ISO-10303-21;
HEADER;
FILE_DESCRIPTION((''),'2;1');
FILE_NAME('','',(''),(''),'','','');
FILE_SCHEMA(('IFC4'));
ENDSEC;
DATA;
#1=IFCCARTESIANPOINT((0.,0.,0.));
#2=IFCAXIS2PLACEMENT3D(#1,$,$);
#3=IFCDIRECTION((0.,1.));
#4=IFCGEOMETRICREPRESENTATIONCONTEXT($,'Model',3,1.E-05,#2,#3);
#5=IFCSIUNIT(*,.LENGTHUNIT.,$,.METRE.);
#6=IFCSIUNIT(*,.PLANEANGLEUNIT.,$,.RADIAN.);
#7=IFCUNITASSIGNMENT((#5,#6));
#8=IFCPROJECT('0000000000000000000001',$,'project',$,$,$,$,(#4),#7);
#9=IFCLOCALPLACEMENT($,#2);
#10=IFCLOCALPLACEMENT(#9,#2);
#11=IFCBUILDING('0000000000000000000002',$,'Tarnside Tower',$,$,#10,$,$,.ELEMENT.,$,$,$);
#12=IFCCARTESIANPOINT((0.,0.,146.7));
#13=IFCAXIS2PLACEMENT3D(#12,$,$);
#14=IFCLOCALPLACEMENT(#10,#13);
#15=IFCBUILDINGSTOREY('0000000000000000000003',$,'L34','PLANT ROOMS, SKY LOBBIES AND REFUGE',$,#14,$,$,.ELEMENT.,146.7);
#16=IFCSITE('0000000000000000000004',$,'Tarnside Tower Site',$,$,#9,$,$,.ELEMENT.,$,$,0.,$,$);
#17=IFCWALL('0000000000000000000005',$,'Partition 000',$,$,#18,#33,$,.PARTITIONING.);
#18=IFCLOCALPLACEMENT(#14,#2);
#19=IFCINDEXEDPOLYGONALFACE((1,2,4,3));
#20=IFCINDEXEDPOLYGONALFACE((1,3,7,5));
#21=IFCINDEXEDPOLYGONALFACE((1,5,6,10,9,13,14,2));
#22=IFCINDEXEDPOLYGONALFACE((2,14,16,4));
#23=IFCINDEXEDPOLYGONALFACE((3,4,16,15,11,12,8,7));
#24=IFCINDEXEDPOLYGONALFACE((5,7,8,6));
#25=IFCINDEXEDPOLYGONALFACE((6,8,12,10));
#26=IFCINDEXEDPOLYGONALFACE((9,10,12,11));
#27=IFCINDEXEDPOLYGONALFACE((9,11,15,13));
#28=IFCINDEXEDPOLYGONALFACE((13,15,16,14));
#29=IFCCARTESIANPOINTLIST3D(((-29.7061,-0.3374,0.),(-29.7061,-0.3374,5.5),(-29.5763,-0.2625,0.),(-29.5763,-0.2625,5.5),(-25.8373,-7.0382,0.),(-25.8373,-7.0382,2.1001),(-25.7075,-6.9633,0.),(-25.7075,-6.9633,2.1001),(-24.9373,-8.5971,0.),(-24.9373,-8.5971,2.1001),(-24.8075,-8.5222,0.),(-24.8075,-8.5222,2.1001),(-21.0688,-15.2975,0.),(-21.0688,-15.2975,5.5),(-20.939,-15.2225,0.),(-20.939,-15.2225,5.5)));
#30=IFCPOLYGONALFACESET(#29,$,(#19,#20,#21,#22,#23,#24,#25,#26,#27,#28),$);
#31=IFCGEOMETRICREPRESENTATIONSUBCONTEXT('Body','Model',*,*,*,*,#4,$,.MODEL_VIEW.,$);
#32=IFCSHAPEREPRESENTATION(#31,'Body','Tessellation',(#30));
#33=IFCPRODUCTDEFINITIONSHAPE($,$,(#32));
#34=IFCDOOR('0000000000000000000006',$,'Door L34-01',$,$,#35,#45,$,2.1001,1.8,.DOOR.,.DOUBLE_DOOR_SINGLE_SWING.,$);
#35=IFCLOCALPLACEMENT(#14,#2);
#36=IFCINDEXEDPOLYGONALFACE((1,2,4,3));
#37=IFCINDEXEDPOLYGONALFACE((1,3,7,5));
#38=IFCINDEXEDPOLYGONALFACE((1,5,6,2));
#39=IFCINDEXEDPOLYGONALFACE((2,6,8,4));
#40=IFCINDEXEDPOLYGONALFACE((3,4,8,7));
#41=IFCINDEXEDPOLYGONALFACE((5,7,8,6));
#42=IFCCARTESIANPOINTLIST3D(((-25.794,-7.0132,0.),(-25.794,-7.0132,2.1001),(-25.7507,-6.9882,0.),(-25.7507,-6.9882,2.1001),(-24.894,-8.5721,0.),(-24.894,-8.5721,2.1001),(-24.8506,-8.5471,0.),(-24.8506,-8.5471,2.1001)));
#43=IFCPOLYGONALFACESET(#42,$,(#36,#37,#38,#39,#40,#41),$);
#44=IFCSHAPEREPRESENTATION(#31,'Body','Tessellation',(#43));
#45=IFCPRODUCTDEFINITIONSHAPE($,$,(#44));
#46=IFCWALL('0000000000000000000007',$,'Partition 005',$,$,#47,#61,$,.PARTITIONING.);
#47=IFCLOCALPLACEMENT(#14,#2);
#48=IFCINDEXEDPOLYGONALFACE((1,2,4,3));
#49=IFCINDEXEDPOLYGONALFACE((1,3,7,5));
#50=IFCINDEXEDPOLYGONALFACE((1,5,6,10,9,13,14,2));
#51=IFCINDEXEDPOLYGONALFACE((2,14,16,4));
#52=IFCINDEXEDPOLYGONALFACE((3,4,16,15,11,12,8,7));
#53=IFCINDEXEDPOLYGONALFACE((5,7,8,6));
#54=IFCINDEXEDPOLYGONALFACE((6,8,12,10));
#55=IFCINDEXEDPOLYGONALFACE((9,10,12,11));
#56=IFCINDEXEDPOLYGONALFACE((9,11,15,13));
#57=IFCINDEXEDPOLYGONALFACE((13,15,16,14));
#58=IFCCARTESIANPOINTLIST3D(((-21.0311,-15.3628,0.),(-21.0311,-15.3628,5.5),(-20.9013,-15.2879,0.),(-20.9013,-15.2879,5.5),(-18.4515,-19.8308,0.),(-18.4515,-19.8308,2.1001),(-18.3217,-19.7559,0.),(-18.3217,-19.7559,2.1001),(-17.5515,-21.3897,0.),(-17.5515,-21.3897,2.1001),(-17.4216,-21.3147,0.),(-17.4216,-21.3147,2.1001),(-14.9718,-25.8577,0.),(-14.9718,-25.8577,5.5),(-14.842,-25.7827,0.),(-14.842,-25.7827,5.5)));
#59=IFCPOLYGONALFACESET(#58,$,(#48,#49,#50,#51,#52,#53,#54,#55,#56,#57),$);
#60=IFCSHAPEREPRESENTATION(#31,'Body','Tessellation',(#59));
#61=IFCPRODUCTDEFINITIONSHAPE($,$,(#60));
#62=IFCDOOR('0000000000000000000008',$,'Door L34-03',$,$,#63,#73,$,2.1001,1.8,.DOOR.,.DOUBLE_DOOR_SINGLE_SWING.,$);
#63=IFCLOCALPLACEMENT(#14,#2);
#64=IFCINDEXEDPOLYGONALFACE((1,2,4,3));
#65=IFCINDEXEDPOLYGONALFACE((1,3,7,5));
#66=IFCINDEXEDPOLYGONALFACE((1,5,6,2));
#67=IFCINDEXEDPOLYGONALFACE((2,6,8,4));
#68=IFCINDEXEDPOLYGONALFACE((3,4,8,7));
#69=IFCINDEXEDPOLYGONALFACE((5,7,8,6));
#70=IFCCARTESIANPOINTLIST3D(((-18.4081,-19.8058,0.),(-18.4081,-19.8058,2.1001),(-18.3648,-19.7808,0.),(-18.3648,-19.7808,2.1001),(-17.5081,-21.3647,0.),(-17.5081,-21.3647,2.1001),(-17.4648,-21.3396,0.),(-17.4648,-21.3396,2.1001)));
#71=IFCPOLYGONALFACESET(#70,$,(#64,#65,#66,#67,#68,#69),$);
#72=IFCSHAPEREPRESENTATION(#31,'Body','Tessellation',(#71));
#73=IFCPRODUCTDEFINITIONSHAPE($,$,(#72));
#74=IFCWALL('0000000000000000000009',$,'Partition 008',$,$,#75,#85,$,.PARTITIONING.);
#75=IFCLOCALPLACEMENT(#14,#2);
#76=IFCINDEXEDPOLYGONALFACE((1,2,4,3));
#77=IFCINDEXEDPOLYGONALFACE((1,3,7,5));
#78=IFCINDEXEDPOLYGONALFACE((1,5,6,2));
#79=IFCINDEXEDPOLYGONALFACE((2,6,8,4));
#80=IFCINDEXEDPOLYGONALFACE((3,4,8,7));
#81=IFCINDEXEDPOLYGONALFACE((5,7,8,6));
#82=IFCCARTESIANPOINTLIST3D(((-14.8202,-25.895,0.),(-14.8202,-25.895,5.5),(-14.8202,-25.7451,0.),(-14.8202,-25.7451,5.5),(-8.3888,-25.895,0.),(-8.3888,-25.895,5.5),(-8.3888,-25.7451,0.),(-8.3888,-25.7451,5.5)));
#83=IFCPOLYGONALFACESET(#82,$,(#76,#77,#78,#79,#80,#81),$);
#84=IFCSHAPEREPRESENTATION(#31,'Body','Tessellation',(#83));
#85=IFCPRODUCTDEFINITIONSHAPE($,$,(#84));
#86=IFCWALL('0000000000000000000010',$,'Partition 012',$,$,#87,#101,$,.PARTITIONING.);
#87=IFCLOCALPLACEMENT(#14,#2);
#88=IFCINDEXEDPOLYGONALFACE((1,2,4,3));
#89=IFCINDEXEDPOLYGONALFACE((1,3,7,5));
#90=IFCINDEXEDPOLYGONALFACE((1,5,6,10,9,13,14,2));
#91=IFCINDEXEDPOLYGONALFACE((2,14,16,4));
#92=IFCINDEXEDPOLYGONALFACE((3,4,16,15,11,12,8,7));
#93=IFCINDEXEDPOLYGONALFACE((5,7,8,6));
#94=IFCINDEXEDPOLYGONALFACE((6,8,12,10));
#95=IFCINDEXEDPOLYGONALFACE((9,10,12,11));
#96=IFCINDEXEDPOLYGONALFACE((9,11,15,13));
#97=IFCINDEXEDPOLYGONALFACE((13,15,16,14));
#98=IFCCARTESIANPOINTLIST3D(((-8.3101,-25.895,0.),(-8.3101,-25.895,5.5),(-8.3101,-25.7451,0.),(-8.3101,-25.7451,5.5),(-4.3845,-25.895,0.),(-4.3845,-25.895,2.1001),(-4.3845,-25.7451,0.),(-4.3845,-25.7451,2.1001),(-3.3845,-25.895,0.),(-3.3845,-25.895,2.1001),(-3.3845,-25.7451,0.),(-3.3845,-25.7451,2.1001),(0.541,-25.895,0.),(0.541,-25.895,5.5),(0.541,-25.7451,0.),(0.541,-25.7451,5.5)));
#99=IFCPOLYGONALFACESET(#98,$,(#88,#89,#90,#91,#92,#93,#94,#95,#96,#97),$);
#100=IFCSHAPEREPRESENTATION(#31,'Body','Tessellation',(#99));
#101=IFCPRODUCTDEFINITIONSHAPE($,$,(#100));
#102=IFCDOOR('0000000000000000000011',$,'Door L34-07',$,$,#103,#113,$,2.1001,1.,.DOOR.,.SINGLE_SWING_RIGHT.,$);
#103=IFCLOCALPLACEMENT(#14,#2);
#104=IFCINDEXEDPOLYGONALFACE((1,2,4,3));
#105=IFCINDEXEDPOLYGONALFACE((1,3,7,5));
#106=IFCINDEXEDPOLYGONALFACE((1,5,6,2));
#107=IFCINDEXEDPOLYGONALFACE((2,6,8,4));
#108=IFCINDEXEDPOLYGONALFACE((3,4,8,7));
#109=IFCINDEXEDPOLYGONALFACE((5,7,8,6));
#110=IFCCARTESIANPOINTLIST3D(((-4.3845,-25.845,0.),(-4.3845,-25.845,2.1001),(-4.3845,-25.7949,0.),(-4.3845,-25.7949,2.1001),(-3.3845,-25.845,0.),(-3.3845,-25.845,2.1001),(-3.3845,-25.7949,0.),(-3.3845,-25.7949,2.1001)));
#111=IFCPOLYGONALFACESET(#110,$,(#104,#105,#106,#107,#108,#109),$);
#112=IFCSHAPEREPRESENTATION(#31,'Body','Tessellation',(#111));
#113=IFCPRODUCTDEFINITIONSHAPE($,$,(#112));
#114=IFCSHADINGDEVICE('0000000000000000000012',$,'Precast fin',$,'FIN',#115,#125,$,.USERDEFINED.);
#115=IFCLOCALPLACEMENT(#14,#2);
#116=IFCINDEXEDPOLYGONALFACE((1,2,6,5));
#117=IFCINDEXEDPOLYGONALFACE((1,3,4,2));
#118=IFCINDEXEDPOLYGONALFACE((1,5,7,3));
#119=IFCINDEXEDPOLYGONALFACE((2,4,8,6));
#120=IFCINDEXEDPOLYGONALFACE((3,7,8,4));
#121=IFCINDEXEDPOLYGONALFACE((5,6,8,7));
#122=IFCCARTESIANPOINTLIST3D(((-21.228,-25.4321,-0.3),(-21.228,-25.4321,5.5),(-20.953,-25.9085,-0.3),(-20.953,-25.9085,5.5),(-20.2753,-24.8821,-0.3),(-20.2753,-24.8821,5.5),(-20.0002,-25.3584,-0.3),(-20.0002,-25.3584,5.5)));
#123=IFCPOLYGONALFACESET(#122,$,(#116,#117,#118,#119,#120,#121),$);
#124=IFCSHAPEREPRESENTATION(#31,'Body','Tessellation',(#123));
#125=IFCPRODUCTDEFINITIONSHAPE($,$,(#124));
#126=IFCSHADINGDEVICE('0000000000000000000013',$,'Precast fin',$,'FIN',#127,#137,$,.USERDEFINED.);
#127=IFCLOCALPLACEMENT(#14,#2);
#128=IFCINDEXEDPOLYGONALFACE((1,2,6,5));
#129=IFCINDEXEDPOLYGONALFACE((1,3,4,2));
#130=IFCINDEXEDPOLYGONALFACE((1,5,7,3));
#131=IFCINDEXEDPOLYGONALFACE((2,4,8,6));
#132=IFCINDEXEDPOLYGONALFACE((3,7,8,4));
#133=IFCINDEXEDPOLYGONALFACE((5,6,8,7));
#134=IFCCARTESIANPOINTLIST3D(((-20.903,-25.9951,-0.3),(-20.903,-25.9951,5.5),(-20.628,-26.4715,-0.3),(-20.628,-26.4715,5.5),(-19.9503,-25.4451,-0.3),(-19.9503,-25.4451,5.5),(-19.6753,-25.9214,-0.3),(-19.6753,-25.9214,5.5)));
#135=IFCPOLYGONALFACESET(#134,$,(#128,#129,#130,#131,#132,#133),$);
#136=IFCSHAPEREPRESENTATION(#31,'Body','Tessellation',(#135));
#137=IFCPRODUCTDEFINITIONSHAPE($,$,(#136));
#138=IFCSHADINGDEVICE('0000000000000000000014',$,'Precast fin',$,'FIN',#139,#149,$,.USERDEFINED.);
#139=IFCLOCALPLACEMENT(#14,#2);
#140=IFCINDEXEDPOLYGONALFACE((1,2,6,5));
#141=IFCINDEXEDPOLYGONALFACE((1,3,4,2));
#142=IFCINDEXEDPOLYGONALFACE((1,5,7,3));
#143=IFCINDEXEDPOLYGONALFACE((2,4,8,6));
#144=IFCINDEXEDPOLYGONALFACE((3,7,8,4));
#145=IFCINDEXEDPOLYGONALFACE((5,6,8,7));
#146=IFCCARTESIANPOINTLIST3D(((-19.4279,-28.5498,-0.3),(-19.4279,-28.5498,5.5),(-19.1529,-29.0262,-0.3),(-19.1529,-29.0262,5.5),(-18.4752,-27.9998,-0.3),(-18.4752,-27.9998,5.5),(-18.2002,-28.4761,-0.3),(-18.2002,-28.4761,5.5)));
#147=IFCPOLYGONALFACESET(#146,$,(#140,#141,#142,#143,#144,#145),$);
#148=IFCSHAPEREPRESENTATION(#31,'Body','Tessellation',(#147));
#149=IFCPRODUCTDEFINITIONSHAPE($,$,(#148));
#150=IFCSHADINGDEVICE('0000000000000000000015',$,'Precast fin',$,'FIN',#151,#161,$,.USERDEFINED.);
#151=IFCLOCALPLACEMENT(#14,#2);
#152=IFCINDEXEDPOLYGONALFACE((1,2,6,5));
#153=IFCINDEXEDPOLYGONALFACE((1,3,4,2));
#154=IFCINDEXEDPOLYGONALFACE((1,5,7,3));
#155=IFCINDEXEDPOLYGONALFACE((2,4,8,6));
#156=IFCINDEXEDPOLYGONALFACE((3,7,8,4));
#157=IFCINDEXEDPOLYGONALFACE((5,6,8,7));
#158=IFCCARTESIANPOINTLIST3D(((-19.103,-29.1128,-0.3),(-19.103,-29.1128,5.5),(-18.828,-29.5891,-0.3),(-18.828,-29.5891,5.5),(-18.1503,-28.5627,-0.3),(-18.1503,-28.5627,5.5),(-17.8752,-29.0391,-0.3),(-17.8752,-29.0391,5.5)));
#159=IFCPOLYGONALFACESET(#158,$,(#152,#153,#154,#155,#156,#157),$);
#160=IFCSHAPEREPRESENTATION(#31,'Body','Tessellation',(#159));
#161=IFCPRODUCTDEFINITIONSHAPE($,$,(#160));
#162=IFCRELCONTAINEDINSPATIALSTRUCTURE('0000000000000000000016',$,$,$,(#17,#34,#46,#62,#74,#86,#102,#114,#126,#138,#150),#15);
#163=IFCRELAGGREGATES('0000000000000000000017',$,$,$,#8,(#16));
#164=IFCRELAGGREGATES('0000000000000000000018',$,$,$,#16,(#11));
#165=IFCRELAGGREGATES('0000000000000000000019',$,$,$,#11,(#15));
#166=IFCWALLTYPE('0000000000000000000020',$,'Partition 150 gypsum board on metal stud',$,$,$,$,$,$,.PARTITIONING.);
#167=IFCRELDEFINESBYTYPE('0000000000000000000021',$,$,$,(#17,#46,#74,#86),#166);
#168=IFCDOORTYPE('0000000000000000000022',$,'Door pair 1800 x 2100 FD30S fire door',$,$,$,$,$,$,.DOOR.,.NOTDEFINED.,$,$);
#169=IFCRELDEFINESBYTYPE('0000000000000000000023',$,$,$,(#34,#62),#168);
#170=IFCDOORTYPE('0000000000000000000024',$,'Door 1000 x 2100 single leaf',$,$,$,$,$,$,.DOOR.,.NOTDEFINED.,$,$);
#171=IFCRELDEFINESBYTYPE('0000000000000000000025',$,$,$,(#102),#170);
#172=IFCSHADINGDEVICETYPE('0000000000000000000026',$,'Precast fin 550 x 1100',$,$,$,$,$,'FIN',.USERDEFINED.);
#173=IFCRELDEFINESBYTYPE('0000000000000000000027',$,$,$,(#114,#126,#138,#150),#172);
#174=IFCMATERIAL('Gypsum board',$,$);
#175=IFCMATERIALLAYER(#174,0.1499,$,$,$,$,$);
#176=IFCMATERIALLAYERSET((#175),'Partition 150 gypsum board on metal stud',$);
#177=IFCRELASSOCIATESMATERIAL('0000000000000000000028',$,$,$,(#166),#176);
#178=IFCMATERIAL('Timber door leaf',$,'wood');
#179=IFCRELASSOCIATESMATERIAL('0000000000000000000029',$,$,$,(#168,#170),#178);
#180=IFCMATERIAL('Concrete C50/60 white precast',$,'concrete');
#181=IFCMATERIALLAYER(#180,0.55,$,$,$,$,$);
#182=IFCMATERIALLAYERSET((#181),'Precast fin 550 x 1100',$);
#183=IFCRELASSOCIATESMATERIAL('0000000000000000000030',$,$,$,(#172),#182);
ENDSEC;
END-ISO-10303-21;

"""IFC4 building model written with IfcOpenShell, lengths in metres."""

from ifc_helpers import new_model, si_unit, direction, frame, frame_2d, origin, place, context, subcontext, project, spatial, polyline, rectangle, outline, extrude, material, layer, layer_set, type_object, element, fill, save


model = new_model("IFC4")

# Units and contexts
model_context = context("Model", 3, precision=1e-05, world=origin(), true_north=direction((0.0, 1.0)))
body_context = subcontext(model_context, "Body", "Model", "MODEL_VIEW")
ifc_project = project(units=[si_unit("LENGTHUNIT", "METRE"), si_unit("PLANEANGLEUNIT", "RADIAN")], contexts=[model_context])

# Site, building, storey
site_placement = place(None, origin())
site = spatial("IfcSite", under=ifc_project, at=site_placement, Name="Tarnside Tower Site", CompositionType="ELEMENT", RefElevation=0.0)
building_placement = place(site_placement, origin())
building = spatial("IfcBuilding", under=site, at=building_placement, Name="Tarnside Tower", CompositionType="ELEMENT")
storey_placement = place(building_placement, frame((0.0, 0.0, 146.7)))
storey = spatial("IfcBuildingStorey", under=building, at=storey_placement, Name="L34", Description="PLANT ROOMS, SKY LOBBIES AND REFUGE", CompositionType="ELEMENT", Elevation=146.7)

# Walls, openings, doors
ifc_material_1 = material(Name="Gypsum board")
ifc_layer_1 = layer(ifc_material_1, 0.1499)
ifc_layer_set_1 = layer_set([ifc_layer_1], Name="Partition 150 gypsum board on metal stud")
wall_type_1 = type_object("IfcWallType", Name="Partition 150 gypsum board on metal stud", PredefinedType="PARTITIONING", material=ifc_layer_set_1)
wall_1_placement = place(storey_placement, frame((-21.0039, -15.26, 0.0), z_axis=(0.0, 0.0, 1.0), x_axis=(-0.500003, 0.866024, 0.0)))
wall_1 = element("IfcWall", 1, at=wall_1_placement, inside=storey, type_object=wall_type_1, Name="Partition 000", PredefinedType="PARTITIONING", context=body_context, shape_type="SweptSolid", body=[
    extrude(rectangle(XDim=17.2744, YDim=0.1499, at=frame_2d((8.6372, 0.0))), origin(), (0.0, 0.0, 1.0), 5.5),
])
opening_1_placement = place(wall_1_placement, frame((7.7371, 0.0, 0.0)))
opening_1 = element("IfcOpeningElement", 2, at=opening_1_placement, cuts=wall_1, PredefinedType="OPENING", context=body_context, shape_type="SweptSolid", body=[
    extrude(rectangle(XDim=1.8, YDim=2.1001, at=frame_2d((0.8999, 1.05))), frame((0.0, 0.085, 0.0), z_axis=(0.0, -1.0, 0.0), x_axis=(1.0, 0.0, 0.0)), (0.0, 0.0, 1.0), 0.1699),
])
ifc_material_2 = material(Name="Timber door leaf", Category="wood")
door_type_1 = type_object("IfcDoorType", Name="Door pair 1800 x 2100 FD30S fire door", OperationType="NOTDEFINED", PredefinedType="DOOR", material=ifc_material_2)
door_1_placement = place(opening_1_placement, origin())
door_1 = element("IfcDoor", 3, at=door_1_placement, inside=storey, type_object=door_type_1, Name="Door L34-01", OperationType="DOUBLE_DOOR_SINGLE_SWING", OverallHeight=2.1001, OverallWidth=1.8, PredefinedType="DOOR", context=body_context, shape_type="SweptSolid", body=[
    extrude(rectangle(XDim=1.8, YDim=2.1001, at=frame_2d((0.8999, 1.05))), frame((0.0, 0.0249, 0.0), z_axis=(0.0, -1.0, 0.0), x_axis=(1.0, 0.0, 0.0)), (0.0, 0.0, 1.0), 0.05),
])
fill(opening_1, door_1)
wall_2_placement = place(storey_placement, frame((-14.907, -25.8201, 0.0), z_axis=(0.0, 0.0, 1.0), x_axis=(-0.500007, 0.866022, 0.0)))
wall_2 = element("IfcWall", 4, at=wall_2_placement, inside=storey, type_object=wall_type_1, Name="Partition 005", PredefinedType="PARTITIONING", context=body_context, shape_type="SweptSolid", body=[
    extrude(rectangle(XDim=12.1184, YDim=0.1499, at=frame_2d((6.0591, 0.0))), origin(), (0.0, 0.0, 1.0), 5.5),
])
opening_2_placement = place(wall_2_placement, frame((5.1592, 0.0, 0.0)))
opening_2 = element("IfcOpeningElement", 5, at=opening_2_placement, cuts=wall_2, PredefinedType="OPENING", context=body_context, shape_type="SweptSolid", body=[
    extrude(rectangle(XDim=1.8, YDim=2.1001, at=frame_2d((0.8999, 1.05))), frame((0.0, 0.085, 0.0), z_axis=(0.0, -1.0, 0.0), x_axis=(1.0, 0.0, 0.0)), (0.0, 0.0, 1.0), 0.1699),
])
door_2_placement = place(opening_2_placement, origin())
door_2 = element("IfcDoor", 6, at=door_2_placement, inside=storey, type_object=door_type_1, Name="Door L34-03", OperationType="DOUBLE_DOOR_SINGLE_SWING", OverallHeight=2.1001, OverallWidth=1.8, PredefinedType="DOOR", context=body_context, shape_type="SweptSolid", body=[
    extrude(rectangle(XDim=1.8, YDim=2.1001, at=frame_2d((0.8999, 1.05))), frame((0.0, 0.0249, 0.0), z_axis=(0.0, -1.0, 0.0), x_axis=(1.0, 0.0, 0.0)), (0.0, 0.0, 1.0), 0.05),
])
fill(opening_2, door_2)

# Wall
wall_3_placement = place(storey_placement, frame((-14.8203, -25.8201, 0.0), z_axis=(0.0, 0.0, 1.0), x_axis=(1.0, 0.0, 0.0)))
element("IfcWall", 7, at=wall_3_placement, inside=storey, type_object=wall_type_1, Name="Partition 008", PredefinedType="PARTITIONING", context=body_context, shape_type="SweptSolid", body=[
    extrude(rectangle(XDim=6.4314, YDim=0.1499, at=frame_2d((3.2158, 0.0))), origin(), (0.0, 0.0, 1.0), 5.5),
])

# Wall, opening, door
wall_4_placement = place(storey_placement, frame((0.541, -25.8201, 0.0), z_axis=(0.0, 0.0, 1.0), x_axis=(-1.0, 0.0, 0.0)))
wall_4 = element("IfcWall", 8, at=wall_4_placement, inside=storey, type_object=wall_type_1, Name="Partition 012", PredefinedType="PARTITIONING", context=body_context, shape_type="SweptSolid", body=[
    extrude(rectangle(XDim=8.8511, YDim=0.1499, at=frame_2d((4.4255, 0.0))), origin(), (0.0, 0.0, 1.0), 5.5),
])
opening_3_placement = place(wall_4_placement, frame((3.9255, 0.0, 0.0)))
opening_3 = element("IfcOpeningElement", 9, at=opening_3_placement, cuts=wall_4, PredefinedType="OPENING", context=body_context, shape_type="SweptSolid", body=[
    extrude(rectangle(XDim=1.0, YDim=2.1001, at=frame_2d((0.5, 1.05))), frame((0.0, 0.085, 0.0), z_axis=(0.0, -1.0, 0.0), x_axis=(1.0, 0.0, 0.0)), (0.0, 0.0, 1.0), 0.1699),
])
door_type_2 = type_object("IfcDoorType", Name="Door 1000 x 2100 single leaf", OperationType="NOTDEFINED", PredefinedType="DOOR", material=ifc_material_2)
door_3_placement = place(opening_3_placement, origin())
door_3 = element("IfcDoor", 10, at=door_3_placement, inside=storey, type_object=door_type_2, Name="Door L34-07", OperationType="SINGLE_SWING_RIGHT", OverallHeight=2.1001, OverallWidth=1.0, PredefinedType="DOOR", context=body_context, shape_type="SweptSolid", body=[
    extrude(rectangle(XDim=1.0, YDim=2.1001, at=frame_2d((0.5, 1.05))), frame((0.0, 0.0249, 0.0), z_axis=(0.0, -1.0, 0.0), x_axis=(1.0, 0.0, 0.0)), (0.0, 0.0, 1.0), 0.05),
])
fill(opening_3, door_3)

# Shading devices
ifc_material_3 = material(Name="Concrete C50/60 white precast", Category="concrete")
ifc_layer_2 = layer(ifc_material_3, 0.55)
ifc_layer_set_2 = layer_set([ifc_layer_2], Name="Precast fin 550 x 1100")
shading_device_type = type_object("IfcShadingDeviceType", Name="Precast fin 550 x 1100", ElementType="FIN", PredefinedType="USERDEFINED", material=ifc_layer_set_2)
for number, where, z_axis, x_axis, name in (
    (11, (-20.1377, -25.1204, -0.3), (-0.5, 0.866025, 0.0), (-0.866025, -0.5, 0.0), "Precast fin"),
    (12, (-19.8127, -25.6833, -0.3), (-0.5, 0.866025, 0.0), (-0.866025, -0.5, 0.0), "Precast fin"),
    (13, (-18.3376, -28.238, -0.3), (-0.5, 0.866025, 0.0), (-0.866025, -0.5, 0.0), "Precast fin"),
    (14, (-18.0127, -28.801, -0.3), (-0.5, 0.866025, 0.0), (-0.866025, -0.5, 0.0), "Precast fin"),
):
    element("IfcShadingDevice", number, at=place(storey_placement, frame(where, z_axis=z_axis, x_axis=x_axis)), inside=storey, type_object=shading_device_type, Name=name, ObjectType="FIN", PredefinedType="USERDEFINED", context=body_context, shape_type="SweptSolid", body=[
        extrude(outline(polyline([(0.0, 0.0), (1.1001, 0.0), (1.1001, 5.8), (0.0, 5.8), (0.0, 0.0)])), frame((0.0, 0.0, -0.2749)), (0.0, 0.0, 1.0), 0.55),
    ])

save(model, "model.ifc")
